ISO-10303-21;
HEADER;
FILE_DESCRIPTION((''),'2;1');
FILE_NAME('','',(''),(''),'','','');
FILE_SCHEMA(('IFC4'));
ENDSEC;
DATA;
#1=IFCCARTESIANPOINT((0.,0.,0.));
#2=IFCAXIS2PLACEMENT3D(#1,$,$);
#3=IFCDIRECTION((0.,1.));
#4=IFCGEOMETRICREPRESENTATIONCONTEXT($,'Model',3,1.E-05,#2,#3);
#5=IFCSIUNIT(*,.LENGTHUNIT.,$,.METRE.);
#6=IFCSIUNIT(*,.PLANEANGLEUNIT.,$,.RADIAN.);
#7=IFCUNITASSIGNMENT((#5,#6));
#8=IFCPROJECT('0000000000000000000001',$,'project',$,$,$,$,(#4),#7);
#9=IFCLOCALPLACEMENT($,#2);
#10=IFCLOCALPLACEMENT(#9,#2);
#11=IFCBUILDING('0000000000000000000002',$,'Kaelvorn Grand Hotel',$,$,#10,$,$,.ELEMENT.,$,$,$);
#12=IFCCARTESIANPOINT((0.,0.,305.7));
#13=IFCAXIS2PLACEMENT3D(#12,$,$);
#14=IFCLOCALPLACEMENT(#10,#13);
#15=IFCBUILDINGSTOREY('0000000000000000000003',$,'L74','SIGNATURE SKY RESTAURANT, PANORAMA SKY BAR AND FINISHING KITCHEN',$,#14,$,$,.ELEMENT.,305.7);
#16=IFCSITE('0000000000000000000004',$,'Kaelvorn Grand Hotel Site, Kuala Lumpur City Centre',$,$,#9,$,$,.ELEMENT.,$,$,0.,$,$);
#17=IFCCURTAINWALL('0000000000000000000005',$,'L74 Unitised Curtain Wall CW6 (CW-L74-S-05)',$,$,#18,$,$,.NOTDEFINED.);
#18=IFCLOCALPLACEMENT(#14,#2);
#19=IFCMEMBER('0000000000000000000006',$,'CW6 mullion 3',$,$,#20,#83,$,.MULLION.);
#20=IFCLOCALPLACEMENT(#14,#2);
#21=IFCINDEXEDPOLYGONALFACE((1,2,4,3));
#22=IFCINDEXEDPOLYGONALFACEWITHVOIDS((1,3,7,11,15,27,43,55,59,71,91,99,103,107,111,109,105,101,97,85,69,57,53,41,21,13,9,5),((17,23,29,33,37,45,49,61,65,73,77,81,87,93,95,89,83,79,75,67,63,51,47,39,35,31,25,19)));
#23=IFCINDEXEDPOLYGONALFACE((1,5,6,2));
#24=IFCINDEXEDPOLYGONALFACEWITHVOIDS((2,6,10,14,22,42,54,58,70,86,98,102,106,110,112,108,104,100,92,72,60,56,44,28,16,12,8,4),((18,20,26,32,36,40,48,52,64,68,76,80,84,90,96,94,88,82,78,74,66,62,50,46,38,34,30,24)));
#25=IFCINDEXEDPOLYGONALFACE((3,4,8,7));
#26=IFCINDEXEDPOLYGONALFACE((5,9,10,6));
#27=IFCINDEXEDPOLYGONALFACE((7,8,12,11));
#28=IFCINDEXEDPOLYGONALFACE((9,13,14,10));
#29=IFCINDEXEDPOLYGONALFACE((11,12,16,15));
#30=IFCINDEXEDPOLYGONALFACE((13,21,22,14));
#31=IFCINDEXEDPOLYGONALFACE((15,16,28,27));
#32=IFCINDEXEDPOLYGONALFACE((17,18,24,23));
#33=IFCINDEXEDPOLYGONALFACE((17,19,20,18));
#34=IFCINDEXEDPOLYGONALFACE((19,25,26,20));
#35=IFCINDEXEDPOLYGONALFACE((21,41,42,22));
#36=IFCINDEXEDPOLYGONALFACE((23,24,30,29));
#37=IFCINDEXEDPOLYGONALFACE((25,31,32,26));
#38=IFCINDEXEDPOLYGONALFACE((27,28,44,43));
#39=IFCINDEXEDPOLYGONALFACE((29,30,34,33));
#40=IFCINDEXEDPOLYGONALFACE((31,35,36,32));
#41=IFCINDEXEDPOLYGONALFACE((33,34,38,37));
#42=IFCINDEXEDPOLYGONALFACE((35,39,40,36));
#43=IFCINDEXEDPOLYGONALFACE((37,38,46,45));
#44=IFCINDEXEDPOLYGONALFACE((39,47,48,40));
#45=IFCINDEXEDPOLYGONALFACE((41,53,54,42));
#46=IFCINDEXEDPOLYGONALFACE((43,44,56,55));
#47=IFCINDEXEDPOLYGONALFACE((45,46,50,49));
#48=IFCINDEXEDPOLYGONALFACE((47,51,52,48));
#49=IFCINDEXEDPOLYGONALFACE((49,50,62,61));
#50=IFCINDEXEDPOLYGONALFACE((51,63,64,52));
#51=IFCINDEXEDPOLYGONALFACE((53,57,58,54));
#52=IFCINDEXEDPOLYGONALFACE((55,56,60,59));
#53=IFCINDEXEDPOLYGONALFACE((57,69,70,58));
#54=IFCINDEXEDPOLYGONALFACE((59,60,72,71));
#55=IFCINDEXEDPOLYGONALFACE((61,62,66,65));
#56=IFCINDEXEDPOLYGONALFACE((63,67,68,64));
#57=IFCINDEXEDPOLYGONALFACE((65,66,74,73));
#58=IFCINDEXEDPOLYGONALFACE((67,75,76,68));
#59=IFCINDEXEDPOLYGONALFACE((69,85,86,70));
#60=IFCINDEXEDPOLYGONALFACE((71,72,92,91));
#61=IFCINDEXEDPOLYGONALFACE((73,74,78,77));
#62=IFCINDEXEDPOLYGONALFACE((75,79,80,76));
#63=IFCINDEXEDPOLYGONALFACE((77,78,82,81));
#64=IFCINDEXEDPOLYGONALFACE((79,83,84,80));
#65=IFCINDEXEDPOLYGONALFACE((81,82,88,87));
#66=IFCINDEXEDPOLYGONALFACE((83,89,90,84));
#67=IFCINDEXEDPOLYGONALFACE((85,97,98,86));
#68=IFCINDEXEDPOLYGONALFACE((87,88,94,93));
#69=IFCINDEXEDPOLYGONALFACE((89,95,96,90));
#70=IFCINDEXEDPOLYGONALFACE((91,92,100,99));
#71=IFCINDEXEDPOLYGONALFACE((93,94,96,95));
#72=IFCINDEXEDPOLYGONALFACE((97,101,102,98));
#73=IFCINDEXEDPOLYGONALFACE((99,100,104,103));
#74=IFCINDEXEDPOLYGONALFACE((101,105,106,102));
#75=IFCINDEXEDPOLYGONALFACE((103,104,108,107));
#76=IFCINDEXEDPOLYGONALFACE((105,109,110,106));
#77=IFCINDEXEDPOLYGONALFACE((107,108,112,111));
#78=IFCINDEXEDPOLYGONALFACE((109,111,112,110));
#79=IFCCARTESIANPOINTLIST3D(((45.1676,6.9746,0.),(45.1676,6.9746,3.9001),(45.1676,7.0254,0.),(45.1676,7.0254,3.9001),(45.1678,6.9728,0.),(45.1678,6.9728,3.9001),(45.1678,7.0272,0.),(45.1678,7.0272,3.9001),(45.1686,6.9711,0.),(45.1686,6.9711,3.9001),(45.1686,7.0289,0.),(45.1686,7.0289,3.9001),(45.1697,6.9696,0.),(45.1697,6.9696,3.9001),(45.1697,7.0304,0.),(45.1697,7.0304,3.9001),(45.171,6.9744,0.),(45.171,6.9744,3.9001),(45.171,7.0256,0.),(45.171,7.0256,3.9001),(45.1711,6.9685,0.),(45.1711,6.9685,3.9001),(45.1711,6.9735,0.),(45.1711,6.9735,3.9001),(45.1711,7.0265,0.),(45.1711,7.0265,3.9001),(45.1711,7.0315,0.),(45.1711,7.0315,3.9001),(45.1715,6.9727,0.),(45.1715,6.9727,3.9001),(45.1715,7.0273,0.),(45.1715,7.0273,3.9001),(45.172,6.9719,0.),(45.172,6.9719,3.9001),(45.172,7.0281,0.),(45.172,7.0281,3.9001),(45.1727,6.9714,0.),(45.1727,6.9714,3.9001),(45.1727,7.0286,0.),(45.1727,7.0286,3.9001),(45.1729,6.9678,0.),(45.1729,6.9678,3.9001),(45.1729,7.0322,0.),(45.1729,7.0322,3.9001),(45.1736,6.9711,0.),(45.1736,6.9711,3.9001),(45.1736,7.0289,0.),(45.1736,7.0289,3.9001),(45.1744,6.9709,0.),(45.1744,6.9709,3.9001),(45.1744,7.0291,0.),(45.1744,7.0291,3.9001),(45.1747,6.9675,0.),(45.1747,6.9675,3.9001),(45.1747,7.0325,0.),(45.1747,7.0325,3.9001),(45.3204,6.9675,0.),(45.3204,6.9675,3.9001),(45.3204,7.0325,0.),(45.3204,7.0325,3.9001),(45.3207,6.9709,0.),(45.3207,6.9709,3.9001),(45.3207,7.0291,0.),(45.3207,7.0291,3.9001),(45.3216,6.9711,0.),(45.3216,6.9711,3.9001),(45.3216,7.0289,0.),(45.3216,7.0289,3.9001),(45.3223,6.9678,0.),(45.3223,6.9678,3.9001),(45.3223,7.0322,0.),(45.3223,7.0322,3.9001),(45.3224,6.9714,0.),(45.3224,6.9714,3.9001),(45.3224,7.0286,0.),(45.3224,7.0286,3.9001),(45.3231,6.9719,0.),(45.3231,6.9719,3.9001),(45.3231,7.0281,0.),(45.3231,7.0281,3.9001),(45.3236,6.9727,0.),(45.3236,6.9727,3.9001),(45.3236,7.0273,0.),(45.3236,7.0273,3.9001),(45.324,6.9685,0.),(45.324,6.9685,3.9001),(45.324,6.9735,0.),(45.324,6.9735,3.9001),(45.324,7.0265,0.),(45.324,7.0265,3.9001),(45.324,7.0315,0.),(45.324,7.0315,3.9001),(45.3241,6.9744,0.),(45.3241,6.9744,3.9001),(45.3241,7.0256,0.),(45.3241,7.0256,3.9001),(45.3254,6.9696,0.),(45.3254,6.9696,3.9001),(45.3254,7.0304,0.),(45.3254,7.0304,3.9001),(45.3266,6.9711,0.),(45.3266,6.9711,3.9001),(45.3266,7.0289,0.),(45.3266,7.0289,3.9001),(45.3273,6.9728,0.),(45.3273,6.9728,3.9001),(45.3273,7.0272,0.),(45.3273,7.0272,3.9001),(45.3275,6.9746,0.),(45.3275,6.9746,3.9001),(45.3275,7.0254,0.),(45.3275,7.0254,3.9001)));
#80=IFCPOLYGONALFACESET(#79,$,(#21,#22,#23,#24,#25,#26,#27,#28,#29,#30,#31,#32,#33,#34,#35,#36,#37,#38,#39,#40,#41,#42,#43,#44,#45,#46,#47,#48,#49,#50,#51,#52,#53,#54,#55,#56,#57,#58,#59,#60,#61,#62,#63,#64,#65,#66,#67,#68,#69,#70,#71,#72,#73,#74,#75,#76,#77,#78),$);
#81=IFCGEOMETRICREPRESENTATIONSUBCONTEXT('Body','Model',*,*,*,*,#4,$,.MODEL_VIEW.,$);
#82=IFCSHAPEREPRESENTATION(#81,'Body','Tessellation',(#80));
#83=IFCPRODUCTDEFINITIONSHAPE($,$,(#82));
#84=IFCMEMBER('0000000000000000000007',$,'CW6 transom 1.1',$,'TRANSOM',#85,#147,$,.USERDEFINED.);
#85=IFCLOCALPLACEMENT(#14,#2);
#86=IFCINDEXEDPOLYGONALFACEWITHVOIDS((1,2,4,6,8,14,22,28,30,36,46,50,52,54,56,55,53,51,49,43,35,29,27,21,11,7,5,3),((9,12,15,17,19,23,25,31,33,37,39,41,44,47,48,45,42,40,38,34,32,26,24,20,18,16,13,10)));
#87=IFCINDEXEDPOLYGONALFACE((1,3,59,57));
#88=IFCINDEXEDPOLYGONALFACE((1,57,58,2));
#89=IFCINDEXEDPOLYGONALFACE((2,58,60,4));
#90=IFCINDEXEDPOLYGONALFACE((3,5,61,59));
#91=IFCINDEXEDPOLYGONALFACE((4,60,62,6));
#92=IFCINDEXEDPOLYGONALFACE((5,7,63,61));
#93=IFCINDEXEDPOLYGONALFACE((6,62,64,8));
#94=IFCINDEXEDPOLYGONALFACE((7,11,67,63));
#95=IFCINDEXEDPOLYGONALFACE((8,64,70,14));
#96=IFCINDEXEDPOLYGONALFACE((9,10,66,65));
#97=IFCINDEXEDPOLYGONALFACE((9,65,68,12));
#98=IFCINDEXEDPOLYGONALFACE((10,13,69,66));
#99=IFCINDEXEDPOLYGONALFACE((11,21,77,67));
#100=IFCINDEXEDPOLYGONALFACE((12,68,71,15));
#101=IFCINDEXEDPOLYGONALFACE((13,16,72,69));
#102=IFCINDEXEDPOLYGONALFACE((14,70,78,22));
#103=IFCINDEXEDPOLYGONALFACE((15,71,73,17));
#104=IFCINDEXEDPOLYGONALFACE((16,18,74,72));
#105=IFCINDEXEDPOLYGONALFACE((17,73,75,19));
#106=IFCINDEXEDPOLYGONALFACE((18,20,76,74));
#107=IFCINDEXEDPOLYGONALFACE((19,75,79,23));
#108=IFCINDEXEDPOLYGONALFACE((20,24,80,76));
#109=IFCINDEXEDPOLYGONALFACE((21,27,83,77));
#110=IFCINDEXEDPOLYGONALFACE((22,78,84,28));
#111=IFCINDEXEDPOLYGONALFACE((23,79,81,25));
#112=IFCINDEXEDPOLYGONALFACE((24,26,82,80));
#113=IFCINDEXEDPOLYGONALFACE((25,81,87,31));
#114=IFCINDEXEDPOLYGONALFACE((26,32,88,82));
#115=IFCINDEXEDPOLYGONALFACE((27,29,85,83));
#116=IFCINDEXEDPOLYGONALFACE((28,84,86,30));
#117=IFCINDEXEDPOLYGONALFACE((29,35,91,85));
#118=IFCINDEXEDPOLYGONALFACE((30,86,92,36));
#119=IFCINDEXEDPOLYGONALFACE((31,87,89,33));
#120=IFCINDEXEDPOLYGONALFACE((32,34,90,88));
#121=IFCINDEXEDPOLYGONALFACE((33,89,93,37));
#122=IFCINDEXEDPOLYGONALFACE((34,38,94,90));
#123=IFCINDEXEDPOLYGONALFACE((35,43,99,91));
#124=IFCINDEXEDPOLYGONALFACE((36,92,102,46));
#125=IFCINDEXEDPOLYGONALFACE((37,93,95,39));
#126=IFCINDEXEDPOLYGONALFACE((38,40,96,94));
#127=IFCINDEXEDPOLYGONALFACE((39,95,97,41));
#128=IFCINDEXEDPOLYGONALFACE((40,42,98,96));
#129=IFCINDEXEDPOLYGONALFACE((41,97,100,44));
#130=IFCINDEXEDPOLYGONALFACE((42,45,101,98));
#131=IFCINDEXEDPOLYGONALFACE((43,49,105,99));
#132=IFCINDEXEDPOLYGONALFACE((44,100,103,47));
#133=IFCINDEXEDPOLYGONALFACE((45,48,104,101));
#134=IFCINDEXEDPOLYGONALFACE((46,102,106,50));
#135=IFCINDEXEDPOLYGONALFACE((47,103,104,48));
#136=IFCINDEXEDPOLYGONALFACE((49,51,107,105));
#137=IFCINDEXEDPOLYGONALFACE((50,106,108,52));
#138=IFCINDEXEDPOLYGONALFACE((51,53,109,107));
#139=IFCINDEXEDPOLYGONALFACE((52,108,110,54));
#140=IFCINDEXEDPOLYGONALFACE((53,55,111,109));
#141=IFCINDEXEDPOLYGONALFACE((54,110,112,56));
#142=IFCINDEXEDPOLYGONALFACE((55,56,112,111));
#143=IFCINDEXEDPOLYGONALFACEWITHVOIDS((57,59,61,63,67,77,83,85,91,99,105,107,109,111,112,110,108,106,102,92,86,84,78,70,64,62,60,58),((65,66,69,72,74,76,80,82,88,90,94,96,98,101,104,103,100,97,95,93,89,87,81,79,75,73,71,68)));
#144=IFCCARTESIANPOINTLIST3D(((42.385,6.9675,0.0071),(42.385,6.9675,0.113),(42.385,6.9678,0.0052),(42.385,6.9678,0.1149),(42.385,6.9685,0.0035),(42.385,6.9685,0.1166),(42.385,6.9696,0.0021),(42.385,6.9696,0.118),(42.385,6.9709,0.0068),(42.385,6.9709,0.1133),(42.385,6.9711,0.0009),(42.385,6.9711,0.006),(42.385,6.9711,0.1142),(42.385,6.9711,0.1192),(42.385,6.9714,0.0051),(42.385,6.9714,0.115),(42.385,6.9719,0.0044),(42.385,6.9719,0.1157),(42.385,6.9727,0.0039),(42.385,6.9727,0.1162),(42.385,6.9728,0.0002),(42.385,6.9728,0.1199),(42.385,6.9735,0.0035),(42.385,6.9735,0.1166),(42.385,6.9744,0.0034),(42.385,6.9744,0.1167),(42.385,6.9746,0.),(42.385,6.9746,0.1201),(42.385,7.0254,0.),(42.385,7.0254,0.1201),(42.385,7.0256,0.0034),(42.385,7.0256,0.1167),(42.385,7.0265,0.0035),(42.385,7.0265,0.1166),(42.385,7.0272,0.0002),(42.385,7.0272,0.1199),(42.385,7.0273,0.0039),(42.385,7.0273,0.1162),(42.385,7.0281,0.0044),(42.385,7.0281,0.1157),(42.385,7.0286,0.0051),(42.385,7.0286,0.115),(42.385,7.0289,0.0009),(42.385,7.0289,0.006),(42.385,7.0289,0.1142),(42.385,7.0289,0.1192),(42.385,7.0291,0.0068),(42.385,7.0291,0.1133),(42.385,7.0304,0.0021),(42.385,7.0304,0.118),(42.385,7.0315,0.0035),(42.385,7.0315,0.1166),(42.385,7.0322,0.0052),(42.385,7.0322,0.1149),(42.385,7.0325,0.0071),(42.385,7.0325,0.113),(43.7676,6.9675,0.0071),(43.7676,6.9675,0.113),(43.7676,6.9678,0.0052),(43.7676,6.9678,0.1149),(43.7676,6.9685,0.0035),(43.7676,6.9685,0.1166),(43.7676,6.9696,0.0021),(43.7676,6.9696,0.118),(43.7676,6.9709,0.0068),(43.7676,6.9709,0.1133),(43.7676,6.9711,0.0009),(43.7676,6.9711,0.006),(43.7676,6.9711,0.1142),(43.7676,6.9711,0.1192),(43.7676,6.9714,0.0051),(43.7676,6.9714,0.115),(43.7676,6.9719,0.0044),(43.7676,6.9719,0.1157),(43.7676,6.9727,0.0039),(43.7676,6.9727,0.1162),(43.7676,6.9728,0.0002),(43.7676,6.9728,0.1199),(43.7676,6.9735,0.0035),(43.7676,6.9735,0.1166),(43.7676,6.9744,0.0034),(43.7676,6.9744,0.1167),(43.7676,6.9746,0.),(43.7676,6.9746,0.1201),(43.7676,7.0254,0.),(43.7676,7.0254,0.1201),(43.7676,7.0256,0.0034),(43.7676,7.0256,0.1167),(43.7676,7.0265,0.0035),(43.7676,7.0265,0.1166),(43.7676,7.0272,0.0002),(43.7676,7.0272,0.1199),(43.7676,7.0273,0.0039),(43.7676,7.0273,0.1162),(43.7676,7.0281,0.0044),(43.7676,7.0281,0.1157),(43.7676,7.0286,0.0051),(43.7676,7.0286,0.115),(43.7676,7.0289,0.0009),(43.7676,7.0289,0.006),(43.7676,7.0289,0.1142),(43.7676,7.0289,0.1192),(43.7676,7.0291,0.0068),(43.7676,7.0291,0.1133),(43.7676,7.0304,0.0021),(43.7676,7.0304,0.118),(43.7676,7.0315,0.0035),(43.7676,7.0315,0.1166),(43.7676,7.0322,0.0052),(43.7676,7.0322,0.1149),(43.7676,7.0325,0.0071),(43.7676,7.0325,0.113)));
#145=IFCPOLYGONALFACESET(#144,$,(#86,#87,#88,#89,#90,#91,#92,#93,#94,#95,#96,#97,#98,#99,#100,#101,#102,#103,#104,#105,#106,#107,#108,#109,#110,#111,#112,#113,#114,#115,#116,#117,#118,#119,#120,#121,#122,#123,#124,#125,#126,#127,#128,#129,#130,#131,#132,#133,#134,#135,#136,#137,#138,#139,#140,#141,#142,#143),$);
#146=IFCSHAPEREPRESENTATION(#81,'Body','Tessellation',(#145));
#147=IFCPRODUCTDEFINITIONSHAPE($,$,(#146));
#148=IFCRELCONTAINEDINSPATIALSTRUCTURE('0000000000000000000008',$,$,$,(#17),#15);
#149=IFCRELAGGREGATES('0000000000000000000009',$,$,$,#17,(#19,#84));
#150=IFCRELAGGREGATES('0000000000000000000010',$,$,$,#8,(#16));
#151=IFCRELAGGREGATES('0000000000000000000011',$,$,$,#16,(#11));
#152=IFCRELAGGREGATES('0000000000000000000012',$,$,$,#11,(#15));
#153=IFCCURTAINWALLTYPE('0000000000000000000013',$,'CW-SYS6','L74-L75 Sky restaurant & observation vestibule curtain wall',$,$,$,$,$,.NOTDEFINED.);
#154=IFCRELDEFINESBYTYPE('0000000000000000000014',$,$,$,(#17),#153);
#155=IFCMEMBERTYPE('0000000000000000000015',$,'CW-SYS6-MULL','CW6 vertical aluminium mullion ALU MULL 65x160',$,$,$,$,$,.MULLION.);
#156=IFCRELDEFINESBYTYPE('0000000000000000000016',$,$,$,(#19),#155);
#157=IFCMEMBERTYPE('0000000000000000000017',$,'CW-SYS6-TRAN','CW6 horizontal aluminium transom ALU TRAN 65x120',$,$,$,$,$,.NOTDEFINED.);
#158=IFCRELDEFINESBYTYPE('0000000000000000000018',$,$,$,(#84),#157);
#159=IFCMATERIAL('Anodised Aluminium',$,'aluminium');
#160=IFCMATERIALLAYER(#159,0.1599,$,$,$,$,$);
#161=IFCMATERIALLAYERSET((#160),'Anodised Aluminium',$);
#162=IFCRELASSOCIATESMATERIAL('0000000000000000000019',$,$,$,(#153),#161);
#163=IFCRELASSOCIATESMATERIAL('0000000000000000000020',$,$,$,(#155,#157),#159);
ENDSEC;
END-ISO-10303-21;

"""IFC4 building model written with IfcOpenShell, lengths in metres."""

from ifc_helpers import new_model, si_unit, direction, frame, origin, origin_2d, place, context, subcontext, project, spatial, hollow_rectangle, extrude, material, layer, layer_set, material_profile, profile_set, type_object, element, aggregate, save


model = new_model("IFC4")

# Units and contexts
model_context = context("Model", 3, precision=1e-05, world=origin(), true_north=direction((0.0, 1.0)))
body_context = subcontext(model_context, "Body", "Model", "MODEL_VIEW")
ifc_project = project(units=[si_unit("LENGTHUNIT", "METRE"), si_unit("PLANEANGLEUNIT", "RADIAN")], contexts=[model_context])

# Site, building, storey
site_placement = place(None, origin())
site = spatial("IfcSite", under=ifc_project, at=site_placement, Name="Kaelvorn Grand Hotel Site, Kuala Lumpur City Centre", CompositionType="ELEMENT", RefElevation=0.0)
building_placement = place(site_placement, origin())
building = spatial("IfcBuilding", under=site, at=building_placement, Name="Kaelvorn Grand Hotel", CompositionType="ELEMENT")
storey_placement = place(building_placement, frame((0.0, 0.0, 305.7)))
storey = spatial("IfcBuildingStorey", under=building, at=storey_placement, Name="L74", Description="SIGNATURE SKY RESTAURANT, PANORAMA SKY BAR AND FINISHING KITCHEN", CompositionType="ELEMENT", Elevation=305.7)

# Curtain wall, members
ifc_material_1 = material(Name="Anodised Aluminium", Category="aluminium")
ifc_layer_1 = layer(ifc_material_1, 0.1599)
ifc_layer_set_1 = layer_set([ifc_layer_1], Name="Anodised Aluminium")
curtain_wall_type = type_object("IfcCurtainWallType", Name="CW-SYS6", Description="L74-L75 Sky restaurant & observation vestibule curtain wall", PredefinedType="NOTDEFINED", material=ifc_layer_set_1)
curtain_wall_placement = place(storey_placement, origin())
curtain_wall = element("IfcCurtainWall", 1, at=curtain_wall_placement, inside=storey, type_object=curtain_wall_type, Name="L74 Unitised Curtain Wall CW6 (CW-L74-S-05)", PredefinedType="NOTDEFINED")
ifc_material_profile_1 = material_profile(ifc_material_1, hollow_rectangle(XDim=0.0649, YDim=0.1599, WallThickness=0.0034, InnerFilletRadius=0.0034, OuterFilletRadius=0.0071, at=origin_2d()), Name="ALU MULL 65x160")
ifc_profile_set_1 = profile_set([ifc_material_profile_1], Name="Anodised Aluminium")
member_type_1 = type_object("IfcMemberType", Name="CW-SYS6-MULL", Description="CW6 vertical aluminium mullion ALU MULL 65x160", PredefinedType="MULLION", material=ifc_profile_set_1)
member_1_placement = place(storey_placement, frame((45.2476, 7.0, 0.0), z_axis=(0.0, 0.0, 1.0), x_axis=(0.0, 1.0, 0.0)))
member_1 = element("IfcMember", 2, at=member_1_placement, type_object=member_type_1, Name="CW6 mullion 3", PredefinedType="MULLION", context=body_context, shape_type="SweptSolid", body=[
    extrude(hollow_rectangle(XDim=0.0649, YDim=0.1599, WallThickness=0.0034, InnerFilletRadius=0.0034, OuterFilletRadius=0.0071, at=origin_2d()), origin(), (0.0, 0.0, 1.0), 3.9001),
])
ifc_material_profile_2 = material_profile(ifc_material_1, hollow_rectangle(XDim=0.0649, YDim=0.1201, WallThickness=0.0034, InnerFilletRadius=0.0034, OuterFilletRadius=0.0071, at=origin_2d()), Name="ALU TRAN 65x120")
ifc_profile_set_2 = profile_set([ifc_material_profile_2], Name="Anodised Aluminium")
member_type_2 = type_object("IfcMemberType", Name="CW-SYS6-TRAN", Description="CW6 horizontal aluminium transom ALU TRAN 65x120", PredefinedType="NOTDEFINED", material=ifc_profile_set_2)
member_2_placement = place(storey_placement, frame((42.385, 7.0, 0.0601), z_axis=(1.0, 0.0, 0.0), x_axis=(0.0, 1.0, 0.0)))
member_2 = element("IfcMember", 3, at=member_2_placement, type_object=member_type_2, Name="CW6 transom 1.1", ObjectType="TRANSOM", PredefinedType="USERDEFINED", context=body_context, shape_type="SweptSolid", body=[
    extrude(hollow_rectangle(XDim=0.0649, YDim=0.1201, WallThickness=0.0034, InnerFilletRadius=0.0034, OuterFilletRadius=0.0071, at=origin_2d()), origin(), (0.0, 0.0, 1.0), 1.3826),
])
aggregate(curtain_wall, [member_1, member_2])

save(model, "model.ifc")
